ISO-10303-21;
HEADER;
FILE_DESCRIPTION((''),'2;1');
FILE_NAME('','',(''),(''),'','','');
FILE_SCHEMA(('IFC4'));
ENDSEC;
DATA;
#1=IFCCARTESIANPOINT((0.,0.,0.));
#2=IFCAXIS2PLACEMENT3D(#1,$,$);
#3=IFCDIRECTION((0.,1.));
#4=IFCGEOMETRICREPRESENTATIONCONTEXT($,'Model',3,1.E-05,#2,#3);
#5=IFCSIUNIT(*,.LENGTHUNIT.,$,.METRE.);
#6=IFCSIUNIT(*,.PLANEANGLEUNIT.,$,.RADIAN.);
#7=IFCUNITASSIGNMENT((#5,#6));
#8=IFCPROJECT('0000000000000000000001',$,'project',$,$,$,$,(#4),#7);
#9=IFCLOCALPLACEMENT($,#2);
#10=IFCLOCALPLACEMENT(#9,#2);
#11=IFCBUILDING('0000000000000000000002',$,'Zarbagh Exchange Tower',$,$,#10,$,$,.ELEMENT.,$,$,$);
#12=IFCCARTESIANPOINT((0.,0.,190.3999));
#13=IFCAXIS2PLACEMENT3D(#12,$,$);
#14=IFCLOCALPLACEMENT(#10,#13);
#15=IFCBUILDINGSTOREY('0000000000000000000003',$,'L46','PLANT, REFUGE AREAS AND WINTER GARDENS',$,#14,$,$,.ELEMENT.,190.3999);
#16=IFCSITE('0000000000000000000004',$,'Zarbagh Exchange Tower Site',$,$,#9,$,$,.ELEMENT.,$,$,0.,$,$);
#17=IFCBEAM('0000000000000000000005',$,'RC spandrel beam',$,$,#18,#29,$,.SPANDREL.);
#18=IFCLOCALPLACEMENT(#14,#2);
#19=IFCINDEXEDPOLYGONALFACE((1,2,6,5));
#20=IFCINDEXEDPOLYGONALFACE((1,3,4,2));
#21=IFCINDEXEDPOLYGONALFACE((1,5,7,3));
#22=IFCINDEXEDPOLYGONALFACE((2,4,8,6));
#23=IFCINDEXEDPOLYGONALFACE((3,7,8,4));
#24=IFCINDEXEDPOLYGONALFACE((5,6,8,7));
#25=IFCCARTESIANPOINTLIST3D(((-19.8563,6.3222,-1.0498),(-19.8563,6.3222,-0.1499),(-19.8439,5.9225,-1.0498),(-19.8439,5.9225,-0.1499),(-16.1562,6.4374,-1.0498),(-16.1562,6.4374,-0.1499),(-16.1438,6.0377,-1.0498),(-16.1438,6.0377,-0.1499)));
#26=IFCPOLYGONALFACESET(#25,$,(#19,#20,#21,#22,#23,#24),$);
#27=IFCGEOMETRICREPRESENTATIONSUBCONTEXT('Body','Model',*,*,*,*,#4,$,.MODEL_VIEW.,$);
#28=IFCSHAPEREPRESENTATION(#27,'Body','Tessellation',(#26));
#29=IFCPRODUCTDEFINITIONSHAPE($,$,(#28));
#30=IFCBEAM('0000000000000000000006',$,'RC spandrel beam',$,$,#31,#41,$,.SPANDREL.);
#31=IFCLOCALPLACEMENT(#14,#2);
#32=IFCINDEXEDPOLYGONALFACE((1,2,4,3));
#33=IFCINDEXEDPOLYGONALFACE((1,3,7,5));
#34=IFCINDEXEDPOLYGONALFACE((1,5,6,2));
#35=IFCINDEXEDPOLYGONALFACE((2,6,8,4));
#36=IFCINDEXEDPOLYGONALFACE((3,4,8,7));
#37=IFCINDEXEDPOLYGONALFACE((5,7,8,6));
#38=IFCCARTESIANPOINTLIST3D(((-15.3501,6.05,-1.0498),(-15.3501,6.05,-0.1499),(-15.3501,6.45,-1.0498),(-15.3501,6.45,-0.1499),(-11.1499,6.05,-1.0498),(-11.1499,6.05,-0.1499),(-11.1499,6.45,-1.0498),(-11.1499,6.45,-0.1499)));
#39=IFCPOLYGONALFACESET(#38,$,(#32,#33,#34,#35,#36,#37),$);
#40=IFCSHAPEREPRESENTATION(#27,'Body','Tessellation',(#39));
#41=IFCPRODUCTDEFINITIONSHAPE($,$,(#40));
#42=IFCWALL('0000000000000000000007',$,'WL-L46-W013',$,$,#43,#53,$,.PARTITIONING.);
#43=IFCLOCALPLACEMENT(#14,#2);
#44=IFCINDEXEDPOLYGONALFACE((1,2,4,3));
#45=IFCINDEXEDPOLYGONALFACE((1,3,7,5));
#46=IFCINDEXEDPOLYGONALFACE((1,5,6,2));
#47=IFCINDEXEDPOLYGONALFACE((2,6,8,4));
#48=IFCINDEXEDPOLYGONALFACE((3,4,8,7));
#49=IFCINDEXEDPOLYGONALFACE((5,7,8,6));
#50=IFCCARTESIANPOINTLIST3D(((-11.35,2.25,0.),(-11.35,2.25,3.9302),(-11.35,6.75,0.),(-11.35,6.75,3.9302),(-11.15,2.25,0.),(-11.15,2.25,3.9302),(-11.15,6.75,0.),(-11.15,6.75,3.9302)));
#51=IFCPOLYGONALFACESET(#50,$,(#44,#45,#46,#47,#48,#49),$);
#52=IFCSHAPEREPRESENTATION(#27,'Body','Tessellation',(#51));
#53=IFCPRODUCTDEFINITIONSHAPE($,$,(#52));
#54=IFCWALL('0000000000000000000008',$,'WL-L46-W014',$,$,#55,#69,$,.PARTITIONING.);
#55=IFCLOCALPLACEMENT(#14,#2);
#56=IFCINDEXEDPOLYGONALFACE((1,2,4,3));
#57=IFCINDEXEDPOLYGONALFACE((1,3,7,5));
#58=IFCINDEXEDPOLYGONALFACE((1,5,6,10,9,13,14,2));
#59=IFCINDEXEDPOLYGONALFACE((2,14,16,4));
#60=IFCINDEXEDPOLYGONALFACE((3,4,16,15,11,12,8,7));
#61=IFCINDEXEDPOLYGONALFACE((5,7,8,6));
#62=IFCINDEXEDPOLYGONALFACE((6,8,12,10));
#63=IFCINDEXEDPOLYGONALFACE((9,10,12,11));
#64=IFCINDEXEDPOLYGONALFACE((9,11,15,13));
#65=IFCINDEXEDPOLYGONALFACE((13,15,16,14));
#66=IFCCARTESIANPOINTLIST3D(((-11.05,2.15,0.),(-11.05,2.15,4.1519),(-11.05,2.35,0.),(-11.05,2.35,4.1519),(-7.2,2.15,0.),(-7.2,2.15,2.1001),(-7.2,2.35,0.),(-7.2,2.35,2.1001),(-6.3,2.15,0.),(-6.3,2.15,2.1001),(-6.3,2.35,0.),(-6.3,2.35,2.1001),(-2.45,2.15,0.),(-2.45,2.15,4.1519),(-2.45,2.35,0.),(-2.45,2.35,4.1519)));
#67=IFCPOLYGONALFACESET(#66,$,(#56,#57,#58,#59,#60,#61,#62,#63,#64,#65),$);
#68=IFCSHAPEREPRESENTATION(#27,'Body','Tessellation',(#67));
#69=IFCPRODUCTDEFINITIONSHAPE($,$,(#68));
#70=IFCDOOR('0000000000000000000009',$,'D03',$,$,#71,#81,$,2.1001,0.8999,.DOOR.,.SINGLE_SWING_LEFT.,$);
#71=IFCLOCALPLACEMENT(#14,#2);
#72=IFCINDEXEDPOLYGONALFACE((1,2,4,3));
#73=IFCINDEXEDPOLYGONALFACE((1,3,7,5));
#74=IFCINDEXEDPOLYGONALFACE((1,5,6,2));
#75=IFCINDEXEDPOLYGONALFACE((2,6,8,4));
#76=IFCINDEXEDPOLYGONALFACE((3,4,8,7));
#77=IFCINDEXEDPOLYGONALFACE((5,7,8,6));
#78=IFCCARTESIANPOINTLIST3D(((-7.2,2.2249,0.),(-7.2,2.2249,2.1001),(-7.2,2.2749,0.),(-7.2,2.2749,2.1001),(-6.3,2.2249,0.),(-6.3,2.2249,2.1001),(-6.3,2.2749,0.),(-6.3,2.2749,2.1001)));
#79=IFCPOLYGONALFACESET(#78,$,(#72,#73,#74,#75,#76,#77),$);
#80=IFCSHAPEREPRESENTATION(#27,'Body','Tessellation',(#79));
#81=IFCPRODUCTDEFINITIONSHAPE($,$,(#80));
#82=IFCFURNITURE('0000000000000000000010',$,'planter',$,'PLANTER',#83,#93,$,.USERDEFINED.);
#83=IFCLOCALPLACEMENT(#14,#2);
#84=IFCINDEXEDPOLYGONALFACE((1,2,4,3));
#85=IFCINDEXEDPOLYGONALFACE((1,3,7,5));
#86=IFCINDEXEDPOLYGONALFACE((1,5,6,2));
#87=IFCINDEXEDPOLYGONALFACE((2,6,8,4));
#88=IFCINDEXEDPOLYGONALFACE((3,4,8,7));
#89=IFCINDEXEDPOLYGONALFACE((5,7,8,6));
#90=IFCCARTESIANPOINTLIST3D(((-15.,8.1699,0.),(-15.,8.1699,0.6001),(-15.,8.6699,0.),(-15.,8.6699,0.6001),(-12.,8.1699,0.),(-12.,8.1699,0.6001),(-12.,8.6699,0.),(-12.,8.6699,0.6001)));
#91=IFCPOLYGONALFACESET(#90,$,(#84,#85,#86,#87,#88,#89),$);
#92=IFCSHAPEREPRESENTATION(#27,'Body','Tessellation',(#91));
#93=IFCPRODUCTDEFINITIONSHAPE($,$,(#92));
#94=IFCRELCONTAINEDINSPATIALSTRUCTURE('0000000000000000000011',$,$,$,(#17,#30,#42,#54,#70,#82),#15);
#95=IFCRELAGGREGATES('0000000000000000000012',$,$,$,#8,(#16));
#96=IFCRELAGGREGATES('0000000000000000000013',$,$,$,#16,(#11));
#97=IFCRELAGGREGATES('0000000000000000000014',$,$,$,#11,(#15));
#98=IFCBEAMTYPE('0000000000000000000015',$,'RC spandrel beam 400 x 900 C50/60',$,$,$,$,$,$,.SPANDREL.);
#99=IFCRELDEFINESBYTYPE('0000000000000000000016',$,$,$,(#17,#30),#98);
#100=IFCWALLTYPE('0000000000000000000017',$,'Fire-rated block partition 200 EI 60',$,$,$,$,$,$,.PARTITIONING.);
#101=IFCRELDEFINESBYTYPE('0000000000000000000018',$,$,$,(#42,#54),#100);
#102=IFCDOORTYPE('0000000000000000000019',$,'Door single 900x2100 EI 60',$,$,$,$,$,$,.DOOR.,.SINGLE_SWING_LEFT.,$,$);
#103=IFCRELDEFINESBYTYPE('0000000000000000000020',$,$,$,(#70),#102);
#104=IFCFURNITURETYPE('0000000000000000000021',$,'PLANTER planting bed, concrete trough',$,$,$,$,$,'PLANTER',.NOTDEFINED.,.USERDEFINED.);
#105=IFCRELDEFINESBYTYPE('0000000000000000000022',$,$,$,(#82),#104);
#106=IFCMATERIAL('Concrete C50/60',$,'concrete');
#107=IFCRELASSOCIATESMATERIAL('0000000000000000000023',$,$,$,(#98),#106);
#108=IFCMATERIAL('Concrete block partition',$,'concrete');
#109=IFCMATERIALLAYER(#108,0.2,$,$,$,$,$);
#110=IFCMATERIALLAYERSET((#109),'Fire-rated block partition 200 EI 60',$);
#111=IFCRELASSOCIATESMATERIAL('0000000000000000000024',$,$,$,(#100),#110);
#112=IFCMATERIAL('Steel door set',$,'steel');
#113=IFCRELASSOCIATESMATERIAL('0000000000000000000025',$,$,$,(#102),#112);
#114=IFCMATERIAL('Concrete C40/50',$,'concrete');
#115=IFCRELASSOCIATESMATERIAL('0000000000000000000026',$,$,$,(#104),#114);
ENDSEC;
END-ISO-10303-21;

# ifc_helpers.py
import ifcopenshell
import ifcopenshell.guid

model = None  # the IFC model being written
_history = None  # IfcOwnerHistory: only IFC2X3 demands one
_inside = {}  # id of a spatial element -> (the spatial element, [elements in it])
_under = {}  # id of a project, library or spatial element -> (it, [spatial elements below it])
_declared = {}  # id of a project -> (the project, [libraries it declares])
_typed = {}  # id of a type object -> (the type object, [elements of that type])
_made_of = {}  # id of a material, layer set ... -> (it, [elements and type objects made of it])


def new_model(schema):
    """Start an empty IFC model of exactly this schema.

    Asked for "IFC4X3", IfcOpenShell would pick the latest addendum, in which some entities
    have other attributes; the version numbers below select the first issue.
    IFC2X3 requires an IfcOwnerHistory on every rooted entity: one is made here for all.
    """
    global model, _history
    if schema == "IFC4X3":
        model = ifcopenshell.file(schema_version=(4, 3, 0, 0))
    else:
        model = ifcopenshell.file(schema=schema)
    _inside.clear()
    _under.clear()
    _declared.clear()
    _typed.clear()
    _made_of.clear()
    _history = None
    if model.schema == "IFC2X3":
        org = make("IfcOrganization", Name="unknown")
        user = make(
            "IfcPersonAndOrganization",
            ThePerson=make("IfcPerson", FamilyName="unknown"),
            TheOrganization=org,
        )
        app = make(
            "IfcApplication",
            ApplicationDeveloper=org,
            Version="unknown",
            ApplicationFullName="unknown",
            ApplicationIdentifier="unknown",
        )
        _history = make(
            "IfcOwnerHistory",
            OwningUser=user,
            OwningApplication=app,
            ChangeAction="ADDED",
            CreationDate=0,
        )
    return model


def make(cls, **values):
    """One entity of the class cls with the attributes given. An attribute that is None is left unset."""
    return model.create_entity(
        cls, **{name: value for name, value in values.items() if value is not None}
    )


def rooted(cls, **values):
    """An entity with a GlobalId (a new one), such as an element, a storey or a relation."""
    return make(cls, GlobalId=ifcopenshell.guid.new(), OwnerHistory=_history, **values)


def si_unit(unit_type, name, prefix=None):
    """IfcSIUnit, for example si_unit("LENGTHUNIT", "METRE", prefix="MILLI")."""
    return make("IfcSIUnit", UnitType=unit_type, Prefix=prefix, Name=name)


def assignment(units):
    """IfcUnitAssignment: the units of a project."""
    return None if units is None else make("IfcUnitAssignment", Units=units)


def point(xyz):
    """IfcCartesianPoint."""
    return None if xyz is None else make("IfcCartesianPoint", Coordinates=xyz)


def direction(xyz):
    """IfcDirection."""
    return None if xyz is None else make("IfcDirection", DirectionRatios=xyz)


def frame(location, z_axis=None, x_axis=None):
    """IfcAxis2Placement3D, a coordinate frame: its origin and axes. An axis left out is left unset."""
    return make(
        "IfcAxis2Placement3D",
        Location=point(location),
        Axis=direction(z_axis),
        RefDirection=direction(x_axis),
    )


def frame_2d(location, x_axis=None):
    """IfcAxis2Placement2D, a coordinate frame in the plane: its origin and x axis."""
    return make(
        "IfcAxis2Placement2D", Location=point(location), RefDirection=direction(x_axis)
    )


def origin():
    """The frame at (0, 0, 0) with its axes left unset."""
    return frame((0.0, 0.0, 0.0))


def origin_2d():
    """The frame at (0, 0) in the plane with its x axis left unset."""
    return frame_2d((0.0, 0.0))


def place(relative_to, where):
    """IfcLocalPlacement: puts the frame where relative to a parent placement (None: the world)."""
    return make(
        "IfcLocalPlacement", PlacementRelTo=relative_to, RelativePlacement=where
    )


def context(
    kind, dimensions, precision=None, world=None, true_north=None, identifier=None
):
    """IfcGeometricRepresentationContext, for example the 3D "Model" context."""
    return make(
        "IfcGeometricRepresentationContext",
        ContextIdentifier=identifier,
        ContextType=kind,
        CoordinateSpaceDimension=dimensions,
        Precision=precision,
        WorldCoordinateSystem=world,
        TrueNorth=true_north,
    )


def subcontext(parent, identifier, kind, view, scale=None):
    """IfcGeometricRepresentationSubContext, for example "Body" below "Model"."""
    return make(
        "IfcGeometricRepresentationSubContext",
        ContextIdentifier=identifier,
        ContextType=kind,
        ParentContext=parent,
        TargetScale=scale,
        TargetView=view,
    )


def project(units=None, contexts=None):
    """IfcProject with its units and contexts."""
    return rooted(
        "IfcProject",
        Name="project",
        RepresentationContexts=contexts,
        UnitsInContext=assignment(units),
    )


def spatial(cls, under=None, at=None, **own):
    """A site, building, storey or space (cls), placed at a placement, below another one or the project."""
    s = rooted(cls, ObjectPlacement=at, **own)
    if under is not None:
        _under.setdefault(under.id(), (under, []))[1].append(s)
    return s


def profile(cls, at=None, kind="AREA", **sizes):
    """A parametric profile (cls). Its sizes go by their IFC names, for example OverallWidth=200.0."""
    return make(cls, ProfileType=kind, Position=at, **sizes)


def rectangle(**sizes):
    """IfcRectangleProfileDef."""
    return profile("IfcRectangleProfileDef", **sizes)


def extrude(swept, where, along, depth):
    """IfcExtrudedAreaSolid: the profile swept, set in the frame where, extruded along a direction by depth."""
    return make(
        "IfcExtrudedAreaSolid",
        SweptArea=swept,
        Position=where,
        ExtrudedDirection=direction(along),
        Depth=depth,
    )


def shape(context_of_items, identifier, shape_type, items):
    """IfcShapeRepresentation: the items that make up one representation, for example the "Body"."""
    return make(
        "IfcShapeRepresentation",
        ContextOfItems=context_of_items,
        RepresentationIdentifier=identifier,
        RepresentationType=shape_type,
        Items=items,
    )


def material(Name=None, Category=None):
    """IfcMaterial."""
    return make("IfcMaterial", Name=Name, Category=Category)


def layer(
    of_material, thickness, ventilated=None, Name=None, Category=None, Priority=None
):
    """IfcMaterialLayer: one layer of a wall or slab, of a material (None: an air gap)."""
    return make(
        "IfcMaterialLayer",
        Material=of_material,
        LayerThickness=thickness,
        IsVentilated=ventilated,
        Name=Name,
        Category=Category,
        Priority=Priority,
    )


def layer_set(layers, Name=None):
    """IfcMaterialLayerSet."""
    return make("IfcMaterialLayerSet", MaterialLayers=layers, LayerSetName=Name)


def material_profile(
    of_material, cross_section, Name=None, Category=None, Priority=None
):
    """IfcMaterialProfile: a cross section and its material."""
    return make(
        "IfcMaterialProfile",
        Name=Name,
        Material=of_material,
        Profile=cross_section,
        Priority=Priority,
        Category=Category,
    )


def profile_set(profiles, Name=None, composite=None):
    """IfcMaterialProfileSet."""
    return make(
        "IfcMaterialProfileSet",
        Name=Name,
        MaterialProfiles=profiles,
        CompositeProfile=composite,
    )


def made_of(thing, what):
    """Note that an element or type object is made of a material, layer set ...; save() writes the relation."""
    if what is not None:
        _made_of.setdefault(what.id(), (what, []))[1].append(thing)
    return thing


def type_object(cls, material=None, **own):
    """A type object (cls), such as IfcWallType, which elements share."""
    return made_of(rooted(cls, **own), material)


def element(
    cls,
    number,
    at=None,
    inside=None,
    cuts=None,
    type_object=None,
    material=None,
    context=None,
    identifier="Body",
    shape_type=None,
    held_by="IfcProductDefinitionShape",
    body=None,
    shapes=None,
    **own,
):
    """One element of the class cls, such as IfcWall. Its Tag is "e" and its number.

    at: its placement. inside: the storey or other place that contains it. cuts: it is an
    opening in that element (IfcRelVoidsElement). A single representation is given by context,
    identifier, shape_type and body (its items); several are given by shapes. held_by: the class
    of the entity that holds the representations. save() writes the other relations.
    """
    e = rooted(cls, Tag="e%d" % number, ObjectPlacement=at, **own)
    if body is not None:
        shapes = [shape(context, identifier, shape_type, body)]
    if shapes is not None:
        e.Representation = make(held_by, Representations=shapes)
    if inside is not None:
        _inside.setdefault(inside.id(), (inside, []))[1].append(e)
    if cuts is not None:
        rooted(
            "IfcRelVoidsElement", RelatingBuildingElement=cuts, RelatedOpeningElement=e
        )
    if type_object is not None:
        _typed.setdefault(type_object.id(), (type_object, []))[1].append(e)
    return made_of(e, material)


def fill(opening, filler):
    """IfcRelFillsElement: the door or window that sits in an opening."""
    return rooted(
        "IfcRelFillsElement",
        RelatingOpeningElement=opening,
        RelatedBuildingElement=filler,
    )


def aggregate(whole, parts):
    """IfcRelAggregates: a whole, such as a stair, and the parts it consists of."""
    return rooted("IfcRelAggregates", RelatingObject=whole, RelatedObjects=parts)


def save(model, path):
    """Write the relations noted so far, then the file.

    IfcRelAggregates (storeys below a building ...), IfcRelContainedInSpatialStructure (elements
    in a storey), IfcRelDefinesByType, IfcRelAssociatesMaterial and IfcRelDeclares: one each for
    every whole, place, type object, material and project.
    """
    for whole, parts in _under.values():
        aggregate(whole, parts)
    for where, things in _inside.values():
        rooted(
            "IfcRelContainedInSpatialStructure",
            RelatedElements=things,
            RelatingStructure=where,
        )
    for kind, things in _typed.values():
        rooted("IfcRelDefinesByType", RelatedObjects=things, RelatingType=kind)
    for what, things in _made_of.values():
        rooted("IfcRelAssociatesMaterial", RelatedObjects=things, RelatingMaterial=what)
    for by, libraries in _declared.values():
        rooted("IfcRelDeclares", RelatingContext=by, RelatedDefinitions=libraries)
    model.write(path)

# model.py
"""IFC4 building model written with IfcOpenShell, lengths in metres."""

from ifc_helpers import new_model, si_unit, direction, frame, frame_2d, origin, origin_2d, place, context, subcontext, project, spatial, rectangle, extrude, material, layer, layer_set, material_profile, profile_set, type_object, element, fill, save


model = new_model("IFC4")

# Units and contexts
model_context = context("Model", 3, precision=1e-05, world=origin(), true_north=direction((0.0, 1.0)))
body_context = subcontext(model_context, "Body", "Model", "MODEL_VIEW")
ifc_project = project(units=[si_unit("LENGTHUNIT", "METRE"), si_unit("PLANEANGLEUNIT", "RADIAN")], contexts=[model_context])

# Site, building, storey
site_placement = place(None, origin())
site = spatial("IfcSite", under=ifc_project, at=site_placement, Name="Zarbagh Exchange Tower Site", CompositionType="ELEMENT", RefElevation=0.0)
building_placement = place(site_placement, origin())
building = spatial("IfcBuilding", under=site, at=building_placement, Name="Zarbagh Exchange Tower", CompositionType="ELEMENT")
storey_placement = place(building_placement, frame((0.0, 0.0, 190.3999)))
storey = spatial("IfcBuildingStorey", under=building, at=storey_placement, Name="L46", Description="PLANT, REFUGE AREAS AND WINTER GARDENS", CompositionType="ELEMENT", Elevation=190.3999)

# Shared definitions
ifc_material_1 = material(Name="Concrete C50/60", Category="concrete")

# Beams
ifc_material_2 = material(Name="Concrete C40/50", Category="concrete")
ifc_material_profile_1 = material_profile(ifc_material_1, rectangle(XDim=0.3999, YDim=0.8999, at=origin_2d()), Name="RC spandrel beam 400 x 900 C50/60")
ifc_profile_set_1 = profile_set([ifc_material_profile_1], Name="Concrete C50/60")
beam_type_1 = type_object("IfcBeamType", Name="RC spandrel beam 400 x 900 C50/60", PredefinedType="SPANDREL", material=ifc_profile_set_1)
for number, where, z_axis, x_axis, name in (
    (1, (-19.8501, 6.1223, -0.5999), (0.999515, 0.031128, 0.0), (-0.031128, 0.999515, 0.0), "RC spandrel beam"),
):
    element("IfcBeam", number, at=place(storey_placement, frame(where, z_axis=z_axis, x_axis=x_axis)), inside=storey, type_object=beam_type_1, Name=name, PredefinedType="SPANDREL", context=body_context, shape_type="SweptSolid", body=[
        extrude(rectangle(XDim=0.3999, YDim=0.8999, at=origin_2d()), origin(), (0.0, 0.0, 1.0), 3.7019),
    ])
beam_1_placement = place(storey_placement, frame((-15.3501, 6.25, -0.5999), z_axis=(1.0, 0.0, 0.0), x_axis=(0.0, 1.0, 0.0)))
element("IfcBeam", 2, at=beam_1_placement, inside=storey, type_object=beam_type_1, Name="RC spandrel beam", PredefinedType="SPANDREL", context=body_context, shape_type="SweptSolid", body=[
    extrude(rectangle(XDim=0.3999, YDim=0.8999, at=origin_2d()), origin(), (0.0, 0.0, 1.0), 4.2002),
])

# Wall
ifc_material_3 = material(Name="Concrete block partition", Category="concrete")
ifc_layer_1 = layer(ifc_material_3, 0.2)
ifc_layer_set_1 = layer_set([ifc_layer_1], Name="Fire-rated block partition 200 EI 60")
wall_type_1 = type_object("IfcWallType", Name="Fire-rated block partition 200 EI 60", PredefinedType="PARTITIONING", material=ifc_layer_set_1)
wall_1_placement = place(storey_placement, frame((-11.25, 2.25, 0.0), z_axis=(0.0, 0.0, 1.0), x_axis=(0.0, 1.0, 0.0)))
element("IfcWall", 3, at=wall_1_placement, inside=storey, type_object=wall_type_1, Name="WL-L46-W013", PredefinedType="PARTITIONING", context=body_context, shape_type="SweptSolid", body=[
    extrude(rectangle(XDim=4.5, YDim=0.2, at=frame_2d((2.25, 0.0))), origin(), (0.0, 0.0, 1.0), 3.9302),
])

# Wall, opening, door
wall_2_placement = place(storey_placement, frame((-11.05, 2.25, 0.0), z_axis=(0.0, 0.0, 1.0), x_axis=(1.0, 0.0, 0.0)))
wall_2 = element("IfcWall", 4, at=wall_2_placement, inside=storey, type_object=wall_type_1, Name="WL-L46-W014", PredefinedType="PARTITIONING", context=body_context, shape_type="SweptSolid", body=[
    extrude(rectangle(XDim=8.6001, YDim=0.2, at=frame_2d((4.3, 0.0))), origin(), (0.0, 0.0, 1.0), 4.1519),
])
opening_1_placement = place(wall_2_placement, frame((3.8501, 0.0, 0.0)))
opening_1 = element("IfcOpeningElement", 5, at=opening_1_placement, cuts=wall_2, PredefinedType="OPENING", context=body_context, shape_type="SweptSolid", body=[
    extrude(rectangle(XDim=0.8999, YDim=2.1001, at=frame_2d((0.45, 1.05))), frame((0.0, 0.1099, 0.0), z_axis=(0.0, -1.0, 0.0), x_axis=(1.0, 0.0, 0.0)), (0.0, 0.0, 1.0), 0.22),
])
ifc_material_4 = material(Name="Steel door set", Category="steel")
door_type_1 = type_object("IfcDoorType", Name="Door single 900x2100 EI 60", OperationType="SINGLE_SWING_LEFT", PredefinedType="DOOR", material=ifc_material_4)
door_1_placement = place(opening_1_placement, origin())
door_1 = element("IfcDoor", 6, at=door_1_placement, inside=storey, type_object=door_type_1, Name="D03", OperationType="SINGLE_SWING_LEFT", OverallHeight=2.1001, OverallWidth=0.8999, PredefinedType="DOOR", context=body_context, shape_type="SweptSolid", body=[
    extrude(rectangle(XDim=0.8999, YDim=2.1001, at=frame_2d((0.45, 1.05))), frame((0.0, 0.0249, 0.0), z_axis=(0.0, -1.0, 0.0), x_axis=(1.0, 0.0, 0.0)), (0.0, 0.0, 1.0), 0.05),
])
fill(opening_1, door_1)

# Furniture
furniture_type = type_object("IfcFurnitureType", Name="PLANTER planting bed, concrete trough", ElementType="PLANTER", AssemblyPlace="NOTDEFINED", PredefinedType="USERDEFINED", material=ifc_material_2)
furniture_placement = place(storey_placement, frame((-13.5, 8.4199, 0.0), z_axis=(0.0, 0.0, 1.0), x_axis=(1.0, 0.0, 0.0)))
element("IfcFurniture", 7, at=furniture_placement, inside=storey, type_object=furniture_type, Name="planter", ObjectType="PLANTER", PredefinedType="USERDEFINED", context=body_context, shape_type="SweptSolid", body=[
    extrude(rectangle(XDim=3.0, YDim=0.5, at=origin_2d()), origin(), (0.0, 0.0, 1.0), 0.6001),
])

save(model, "model.ifc")
